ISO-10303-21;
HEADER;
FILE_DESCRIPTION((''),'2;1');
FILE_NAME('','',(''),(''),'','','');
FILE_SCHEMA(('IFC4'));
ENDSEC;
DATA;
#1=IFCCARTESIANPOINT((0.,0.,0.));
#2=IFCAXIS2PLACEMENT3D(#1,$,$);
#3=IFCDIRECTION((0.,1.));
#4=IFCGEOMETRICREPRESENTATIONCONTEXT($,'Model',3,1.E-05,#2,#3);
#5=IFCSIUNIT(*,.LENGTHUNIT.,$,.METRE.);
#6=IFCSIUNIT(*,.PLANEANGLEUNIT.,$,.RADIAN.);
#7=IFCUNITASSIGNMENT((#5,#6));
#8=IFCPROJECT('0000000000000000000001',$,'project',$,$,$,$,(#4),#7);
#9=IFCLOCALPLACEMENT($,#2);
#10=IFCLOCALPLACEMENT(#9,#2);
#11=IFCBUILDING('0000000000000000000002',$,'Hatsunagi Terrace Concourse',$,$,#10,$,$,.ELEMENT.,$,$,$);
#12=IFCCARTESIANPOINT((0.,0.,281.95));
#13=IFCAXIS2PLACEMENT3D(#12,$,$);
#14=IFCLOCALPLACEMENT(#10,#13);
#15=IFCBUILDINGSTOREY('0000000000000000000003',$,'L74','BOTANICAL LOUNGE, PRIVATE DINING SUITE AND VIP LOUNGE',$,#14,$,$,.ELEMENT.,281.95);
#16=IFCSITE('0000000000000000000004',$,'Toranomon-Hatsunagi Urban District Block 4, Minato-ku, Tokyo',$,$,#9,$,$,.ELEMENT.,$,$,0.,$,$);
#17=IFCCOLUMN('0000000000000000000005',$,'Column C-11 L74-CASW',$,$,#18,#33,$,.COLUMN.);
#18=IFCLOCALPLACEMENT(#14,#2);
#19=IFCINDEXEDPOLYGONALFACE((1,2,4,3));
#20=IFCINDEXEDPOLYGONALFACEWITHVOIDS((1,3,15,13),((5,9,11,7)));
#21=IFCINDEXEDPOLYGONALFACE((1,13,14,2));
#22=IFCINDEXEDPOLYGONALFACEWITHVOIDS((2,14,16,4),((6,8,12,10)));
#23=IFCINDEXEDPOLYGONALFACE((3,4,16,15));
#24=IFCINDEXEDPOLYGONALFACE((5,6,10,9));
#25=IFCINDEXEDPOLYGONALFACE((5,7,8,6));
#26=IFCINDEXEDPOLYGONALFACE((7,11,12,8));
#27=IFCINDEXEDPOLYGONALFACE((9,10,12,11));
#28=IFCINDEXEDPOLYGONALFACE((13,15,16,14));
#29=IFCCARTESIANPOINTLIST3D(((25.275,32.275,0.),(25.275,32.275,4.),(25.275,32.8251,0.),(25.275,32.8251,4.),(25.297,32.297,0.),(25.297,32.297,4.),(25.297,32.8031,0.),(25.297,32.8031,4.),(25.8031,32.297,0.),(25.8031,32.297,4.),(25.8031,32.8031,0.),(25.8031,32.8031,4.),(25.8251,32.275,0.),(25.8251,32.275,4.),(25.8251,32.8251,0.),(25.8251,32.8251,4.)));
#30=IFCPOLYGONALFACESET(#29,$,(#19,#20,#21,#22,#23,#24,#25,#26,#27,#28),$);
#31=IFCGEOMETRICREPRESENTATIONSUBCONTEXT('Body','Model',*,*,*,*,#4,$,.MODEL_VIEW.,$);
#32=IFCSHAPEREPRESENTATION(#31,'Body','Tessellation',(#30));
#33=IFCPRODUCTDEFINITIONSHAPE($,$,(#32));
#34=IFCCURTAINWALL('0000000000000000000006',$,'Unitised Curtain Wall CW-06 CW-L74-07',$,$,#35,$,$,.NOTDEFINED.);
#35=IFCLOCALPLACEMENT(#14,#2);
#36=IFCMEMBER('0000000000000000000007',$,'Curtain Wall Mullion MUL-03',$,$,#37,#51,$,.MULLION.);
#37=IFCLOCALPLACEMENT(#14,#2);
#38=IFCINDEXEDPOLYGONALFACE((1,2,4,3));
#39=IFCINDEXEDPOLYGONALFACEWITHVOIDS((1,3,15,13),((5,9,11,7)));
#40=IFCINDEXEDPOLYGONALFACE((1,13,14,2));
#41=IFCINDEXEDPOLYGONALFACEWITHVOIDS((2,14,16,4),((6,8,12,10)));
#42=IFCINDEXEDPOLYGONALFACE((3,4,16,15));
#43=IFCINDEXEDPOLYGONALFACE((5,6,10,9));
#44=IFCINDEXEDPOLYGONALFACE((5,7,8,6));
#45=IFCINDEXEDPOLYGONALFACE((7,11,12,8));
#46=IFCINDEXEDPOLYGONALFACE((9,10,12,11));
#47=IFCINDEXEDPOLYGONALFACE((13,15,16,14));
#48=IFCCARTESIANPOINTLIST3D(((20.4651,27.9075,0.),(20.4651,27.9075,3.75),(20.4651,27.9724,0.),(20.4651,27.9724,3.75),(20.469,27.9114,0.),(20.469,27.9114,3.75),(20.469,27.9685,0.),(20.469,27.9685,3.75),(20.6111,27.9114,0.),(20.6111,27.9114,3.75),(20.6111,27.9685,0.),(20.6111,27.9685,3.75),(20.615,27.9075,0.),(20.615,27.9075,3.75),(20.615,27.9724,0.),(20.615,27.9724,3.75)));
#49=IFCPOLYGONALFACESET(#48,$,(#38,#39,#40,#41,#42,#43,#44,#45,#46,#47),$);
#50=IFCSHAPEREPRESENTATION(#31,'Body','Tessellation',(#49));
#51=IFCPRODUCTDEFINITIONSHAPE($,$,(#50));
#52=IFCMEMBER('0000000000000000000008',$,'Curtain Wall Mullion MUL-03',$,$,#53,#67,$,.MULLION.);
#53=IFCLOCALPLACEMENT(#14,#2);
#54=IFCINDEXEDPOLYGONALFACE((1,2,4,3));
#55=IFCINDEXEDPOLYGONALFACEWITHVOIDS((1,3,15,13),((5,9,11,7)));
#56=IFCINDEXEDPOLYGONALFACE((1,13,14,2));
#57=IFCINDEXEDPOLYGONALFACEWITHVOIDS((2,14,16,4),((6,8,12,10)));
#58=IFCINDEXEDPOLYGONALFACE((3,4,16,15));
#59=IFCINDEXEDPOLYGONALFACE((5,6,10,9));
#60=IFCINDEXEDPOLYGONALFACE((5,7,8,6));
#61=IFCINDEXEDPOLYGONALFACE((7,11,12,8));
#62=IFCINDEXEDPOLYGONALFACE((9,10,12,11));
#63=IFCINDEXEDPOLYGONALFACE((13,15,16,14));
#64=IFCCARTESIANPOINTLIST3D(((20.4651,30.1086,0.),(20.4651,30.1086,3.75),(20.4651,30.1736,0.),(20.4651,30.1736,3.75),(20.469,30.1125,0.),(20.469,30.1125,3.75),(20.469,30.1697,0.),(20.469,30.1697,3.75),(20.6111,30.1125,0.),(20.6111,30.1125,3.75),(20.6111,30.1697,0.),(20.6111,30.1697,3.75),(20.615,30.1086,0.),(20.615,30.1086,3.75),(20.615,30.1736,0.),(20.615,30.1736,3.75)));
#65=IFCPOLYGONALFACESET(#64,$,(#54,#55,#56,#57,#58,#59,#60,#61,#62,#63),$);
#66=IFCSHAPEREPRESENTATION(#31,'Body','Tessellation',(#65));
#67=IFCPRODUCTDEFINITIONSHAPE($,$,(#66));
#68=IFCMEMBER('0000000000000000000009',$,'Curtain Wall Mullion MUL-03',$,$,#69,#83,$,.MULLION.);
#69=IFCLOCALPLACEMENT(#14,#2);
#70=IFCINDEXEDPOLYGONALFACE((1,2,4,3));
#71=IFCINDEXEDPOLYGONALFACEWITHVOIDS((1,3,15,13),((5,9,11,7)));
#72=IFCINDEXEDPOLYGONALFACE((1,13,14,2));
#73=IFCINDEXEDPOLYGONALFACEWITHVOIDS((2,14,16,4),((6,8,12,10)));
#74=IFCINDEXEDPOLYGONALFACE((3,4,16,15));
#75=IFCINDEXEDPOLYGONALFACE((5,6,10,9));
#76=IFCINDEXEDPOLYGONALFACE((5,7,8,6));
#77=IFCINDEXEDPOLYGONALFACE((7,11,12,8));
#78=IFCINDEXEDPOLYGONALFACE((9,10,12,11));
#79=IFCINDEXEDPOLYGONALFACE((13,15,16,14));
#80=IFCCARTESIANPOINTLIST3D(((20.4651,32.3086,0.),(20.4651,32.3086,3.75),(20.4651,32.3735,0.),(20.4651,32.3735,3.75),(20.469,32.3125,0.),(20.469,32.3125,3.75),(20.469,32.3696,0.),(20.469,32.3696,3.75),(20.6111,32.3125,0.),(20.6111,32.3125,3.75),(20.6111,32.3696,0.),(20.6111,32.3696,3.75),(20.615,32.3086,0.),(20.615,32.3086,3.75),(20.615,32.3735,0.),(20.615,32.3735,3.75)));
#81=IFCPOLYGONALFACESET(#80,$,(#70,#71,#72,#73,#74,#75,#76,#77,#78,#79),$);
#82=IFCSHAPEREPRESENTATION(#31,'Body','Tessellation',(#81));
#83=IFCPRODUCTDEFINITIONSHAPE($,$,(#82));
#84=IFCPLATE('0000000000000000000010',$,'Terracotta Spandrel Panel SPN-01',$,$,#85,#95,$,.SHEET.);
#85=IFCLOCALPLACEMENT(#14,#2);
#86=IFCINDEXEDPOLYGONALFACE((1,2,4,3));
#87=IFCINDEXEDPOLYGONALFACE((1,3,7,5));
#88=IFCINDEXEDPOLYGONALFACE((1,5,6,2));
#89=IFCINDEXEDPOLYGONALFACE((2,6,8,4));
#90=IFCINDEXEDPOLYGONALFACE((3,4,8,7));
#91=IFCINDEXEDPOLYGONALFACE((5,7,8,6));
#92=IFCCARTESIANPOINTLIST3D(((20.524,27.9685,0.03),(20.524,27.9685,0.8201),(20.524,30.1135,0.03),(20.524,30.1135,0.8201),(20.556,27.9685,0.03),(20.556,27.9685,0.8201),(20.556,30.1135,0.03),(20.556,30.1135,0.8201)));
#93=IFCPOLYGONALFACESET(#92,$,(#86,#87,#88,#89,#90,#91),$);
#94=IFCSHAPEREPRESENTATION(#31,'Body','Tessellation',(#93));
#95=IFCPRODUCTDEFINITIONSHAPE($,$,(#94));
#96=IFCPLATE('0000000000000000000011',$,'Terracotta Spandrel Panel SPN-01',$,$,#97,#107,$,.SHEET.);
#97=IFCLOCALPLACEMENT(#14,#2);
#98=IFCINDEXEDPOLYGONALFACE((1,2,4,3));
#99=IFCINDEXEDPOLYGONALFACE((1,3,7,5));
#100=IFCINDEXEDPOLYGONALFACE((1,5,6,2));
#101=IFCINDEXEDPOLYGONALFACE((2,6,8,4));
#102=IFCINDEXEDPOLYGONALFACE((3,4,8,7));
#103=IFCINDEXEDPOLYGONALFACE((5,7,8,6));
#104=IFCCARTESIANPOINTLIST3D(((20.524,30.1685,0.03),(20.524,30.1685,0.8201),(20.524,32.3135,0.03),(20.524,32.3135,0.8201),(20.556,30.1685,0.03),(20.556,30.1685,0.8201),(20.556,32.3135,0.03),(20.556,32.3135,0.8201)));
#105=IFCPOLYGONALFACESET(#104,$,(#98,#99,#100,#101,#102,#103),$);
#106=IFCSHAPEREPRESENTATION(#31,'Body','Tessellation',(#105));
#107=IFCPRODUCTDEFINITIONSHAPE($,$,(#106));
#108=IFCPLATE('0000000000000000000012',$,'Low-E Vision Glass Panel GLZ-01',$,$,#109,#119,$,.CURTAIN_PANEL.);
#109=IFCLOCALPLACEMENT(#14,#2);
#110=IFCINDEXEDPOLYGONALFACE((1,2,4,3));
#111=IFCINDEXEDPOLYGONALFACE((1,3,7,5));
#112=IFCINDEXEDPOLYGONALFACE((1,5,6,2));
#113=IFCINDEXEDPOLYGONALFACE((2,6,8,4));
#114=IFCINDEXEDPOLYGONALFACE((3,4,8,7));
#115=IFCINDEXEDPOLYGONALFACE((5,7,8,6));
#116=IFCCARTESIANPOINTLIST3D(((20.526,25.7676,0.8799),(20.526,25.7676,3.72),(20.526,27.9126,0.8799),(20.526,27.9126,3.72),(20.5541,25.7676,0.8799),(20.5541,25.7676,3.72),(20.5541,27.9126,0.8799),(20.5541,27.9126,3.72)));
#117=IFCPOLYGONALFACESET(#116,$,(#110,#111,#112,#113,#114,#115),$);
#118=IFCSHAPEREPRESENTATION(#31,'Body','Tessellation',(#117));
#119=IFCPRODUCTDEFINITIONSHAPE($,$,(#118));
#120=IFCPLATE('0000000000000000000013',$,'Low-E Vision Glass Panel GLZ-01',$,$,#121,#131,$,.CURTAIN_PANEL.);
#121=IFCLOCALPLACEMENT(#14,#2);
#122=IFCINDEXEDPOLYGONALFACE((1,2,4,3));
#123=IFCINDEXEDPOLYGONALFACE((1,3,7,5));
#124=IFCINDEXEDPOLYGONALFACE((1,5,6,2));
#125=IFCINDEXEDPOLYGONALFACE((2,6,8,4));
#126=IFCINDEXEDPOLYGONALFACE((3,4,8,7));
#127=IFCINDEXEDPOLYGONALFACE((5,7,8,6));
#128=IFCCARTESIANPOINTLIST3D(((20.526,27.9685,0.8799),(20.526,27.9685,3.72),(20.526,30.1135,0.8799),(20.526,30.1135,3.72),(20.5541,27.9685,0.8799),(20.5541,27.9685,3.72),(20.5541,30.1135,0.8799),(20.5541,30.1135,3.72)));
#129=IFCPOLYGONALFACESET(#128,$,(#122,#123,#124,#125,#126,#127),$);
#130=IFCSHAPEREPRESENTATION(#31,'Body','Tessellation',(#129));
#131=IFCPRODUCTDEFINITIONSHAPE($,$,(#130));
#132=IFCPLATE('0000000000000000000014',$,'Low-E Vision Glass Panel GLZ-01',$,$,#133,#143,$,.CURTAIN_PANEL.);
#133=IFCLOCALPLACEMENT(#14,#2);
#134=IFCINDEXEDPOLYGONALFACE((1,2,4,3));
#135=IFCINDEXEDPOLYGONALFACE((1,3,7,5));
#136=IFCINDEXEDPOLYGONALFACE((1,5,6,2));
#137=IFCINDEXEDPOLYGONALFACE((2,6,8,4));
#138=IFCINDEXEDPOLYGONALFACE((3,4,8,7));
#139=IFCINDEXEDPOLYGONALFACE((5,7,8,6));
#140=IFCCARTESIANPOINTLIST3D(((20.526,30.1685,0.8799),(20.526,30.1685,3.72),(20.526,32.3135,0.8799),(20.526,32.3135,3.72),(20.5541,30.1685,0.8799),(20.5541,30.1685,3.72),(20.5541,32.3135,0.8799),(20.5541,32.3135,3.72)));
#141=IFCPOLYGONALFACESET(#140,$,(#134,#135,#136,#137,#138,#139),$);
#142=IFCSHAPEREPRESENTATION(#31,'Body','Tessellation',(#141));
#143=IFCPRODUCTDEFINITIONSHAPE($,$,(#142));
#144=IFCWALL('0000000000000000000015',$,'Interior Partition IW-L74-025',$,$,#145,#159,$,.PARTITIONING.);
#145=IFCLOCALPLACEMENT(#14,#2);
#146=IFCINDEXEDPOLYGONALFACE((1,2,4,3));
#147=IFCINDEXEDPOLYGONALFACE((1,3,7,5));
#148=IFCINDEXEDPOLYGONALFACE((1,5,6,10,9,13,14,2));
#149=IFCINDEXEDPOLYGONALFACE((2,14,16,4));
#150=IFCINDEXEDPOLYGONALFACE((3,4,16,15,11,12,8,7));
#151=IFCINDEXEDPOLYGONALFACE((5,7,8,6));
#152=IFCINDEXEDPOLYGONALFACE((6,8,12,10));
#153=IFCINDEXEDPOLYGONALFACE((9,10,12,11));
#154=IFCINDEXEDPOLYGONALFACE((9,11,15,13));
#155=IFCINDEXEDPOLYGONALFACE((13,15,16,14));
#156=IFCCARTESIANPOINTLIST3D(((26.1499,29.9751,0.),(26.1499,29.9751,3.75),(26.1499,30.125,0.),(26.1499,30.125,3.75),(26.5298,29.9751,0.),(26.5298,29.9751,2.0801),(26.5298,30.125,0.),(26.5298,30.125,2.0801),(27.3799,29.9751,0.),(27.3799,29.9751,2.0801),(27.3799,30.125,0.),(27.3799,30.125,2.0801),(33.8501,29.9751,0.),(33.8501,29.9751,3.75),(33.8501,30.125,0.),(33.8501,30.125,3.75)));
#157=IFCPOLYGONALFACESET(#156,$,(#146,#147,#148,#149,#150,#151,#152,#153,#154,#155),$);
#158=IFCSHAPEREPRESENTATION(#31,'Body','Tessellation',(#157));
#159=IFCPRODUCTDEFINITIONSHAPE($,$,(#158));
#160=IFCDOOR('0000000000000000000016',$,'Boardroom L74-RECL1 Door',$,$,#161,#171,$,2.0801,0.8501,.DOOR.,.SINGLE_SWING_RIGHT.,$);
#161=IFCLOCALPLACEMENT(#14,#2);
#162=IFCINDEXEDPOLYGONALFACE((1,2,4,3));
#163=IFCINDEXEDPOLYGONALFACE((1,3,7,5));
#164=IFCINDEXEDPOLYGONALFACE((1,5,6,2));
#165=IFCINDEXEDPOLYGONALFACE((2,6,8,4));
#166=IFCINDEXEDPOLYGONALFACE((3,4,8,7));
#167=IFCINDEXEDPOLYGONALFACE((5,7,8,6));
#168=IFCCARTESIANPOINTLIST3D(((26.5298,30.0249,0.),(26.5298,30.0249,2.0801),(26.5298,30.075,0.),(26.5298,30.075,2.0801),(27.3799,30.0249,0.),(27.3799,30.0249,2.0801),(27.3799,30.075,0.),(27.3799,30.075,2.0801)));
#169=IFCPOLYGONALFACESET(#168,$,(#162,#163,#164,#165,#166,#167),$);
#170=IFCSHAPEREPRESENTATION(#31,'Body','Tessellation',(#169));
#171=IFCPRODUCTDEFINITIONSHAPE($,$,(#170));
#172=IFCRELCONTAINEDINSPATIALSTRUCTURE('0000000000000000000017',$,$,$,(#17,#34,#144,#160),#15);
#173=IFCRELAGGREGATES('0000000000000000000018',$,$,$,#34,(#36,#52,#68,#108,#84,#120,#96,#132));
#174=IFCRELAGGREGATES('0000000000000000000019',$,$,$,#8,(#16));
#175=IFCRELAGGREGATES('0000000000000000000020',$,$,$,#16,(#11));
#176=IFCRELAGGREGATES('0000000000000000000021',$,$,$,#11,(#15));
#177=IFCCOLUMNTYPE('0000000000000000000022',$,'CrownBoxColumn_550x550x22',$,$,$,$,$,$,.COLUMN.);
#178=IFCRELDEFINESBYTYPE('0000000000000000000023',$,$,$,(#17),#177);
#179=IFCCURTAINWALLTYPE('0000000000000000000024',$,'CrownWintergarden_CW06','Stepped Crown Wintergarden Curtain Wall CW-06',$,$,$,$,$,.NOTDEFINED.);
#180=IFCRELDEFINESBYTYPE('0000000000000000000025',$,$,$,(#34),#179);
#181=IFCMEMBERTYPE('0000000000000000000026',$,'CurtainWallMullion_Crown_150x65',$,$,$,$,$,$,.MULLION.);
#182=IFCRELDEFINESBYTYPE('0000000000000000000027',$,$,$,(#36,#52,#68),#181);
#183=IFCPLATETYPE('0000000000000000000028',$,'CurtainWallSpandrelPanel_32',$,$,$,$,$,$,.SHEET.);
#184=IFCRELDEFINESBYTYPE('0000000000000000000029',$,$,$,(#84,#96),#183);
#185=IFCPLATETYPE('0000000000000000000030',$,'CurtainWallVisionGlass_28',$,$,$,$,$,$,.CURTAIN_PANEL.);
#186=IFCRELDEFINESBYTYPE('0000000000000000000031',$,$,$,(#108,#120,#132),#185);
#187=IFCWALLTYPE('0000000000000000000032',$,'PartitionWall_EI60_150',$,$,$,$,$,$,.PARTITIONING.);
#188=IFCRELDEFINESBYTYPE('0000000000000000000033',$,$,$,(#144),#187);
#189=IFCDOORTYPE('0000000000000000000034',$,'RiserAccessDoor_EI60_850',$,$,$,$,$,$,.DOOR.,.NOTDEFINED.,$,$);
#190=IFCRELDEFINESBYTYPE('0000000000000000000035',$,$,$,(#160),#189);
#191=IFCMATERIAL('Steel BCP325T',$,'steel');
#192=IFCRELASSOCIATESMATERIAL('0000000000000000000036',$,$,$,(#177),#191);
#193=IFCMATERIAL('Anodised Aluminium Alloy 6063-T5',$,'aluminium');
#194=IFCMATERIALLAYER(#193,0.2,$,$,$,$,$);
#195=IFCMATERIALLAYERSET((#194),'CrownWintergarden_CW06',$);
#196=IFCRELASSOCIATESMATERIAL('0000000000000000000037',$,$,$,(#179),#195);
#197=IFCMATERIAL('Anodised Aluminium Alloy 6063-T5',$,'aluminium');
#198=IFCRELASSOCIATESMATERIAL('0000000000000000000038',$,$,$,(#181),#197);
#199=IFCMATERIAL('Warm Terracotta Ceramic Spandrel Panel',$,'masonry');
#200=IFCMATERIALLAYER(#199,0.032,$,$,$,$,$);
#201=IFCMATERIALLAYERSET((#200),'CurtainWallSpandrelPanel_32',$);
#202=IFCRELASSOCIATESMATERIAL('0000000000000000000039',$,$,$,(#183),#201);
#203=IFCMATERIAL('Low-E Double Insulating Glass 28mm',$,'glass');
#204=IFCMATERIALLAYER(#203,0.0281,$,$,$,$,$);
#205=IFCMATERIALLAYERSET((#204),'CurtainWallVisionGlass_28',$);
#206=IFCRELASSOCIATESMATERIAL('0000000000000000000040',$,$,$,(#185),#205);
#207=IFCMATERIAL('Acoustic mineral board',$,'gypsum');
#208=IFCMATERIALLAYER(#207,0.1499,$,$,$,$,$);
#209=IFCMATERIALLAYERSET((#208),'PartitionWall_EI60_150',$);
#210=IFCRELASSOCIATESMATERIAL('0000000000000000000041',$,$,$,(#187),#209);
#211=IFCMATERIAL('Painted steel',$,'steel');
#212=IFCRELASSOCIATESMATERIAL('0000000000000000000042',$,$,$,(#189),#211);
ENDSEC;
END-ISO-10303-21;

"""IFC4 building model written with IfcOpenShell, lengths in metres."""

from ifc_helpers import new_model, si_unit, direction, frame, frame_2d, origin, origin_2d, place, context, subcontext, project, spatial, rectangle, hollow_rectangle, extrude, material, layer, layer_set, material_profile, profile_set, type_object, element, fill, aggregate, save


model = new_model("IFC4")

# Units and contexts
model_context = context("Model", 3, precision=1e-05, world=origin(), true_north=direction((0.0, 1.0)))
body_context = subcontext(model_context, "Body", "Model", "MODEL_VIEW")
ifc_project = project(units=[si_unit("LENGTHUNIT", "METRE"), si_unit("PLANEANGLEUNIT", "RADIAN")], contexts=[model_context])

# Site, building, storey
site_placement = place(None, origin())
site = spatial("IfcSite", under=ifc_project, at=site_placement, Name="Toranomon-Hatsunagi Urban District Block 4, Minato-ku, Tokyo", CompositionType="ELEMENT", RefElevation=0.0)
building_placement = place(site_placement, origin())
building = spatial("IfcBuilding", under=site, at=building_placement, Name="Hatsunagi Terrace Concourse", CompositionType="ELEMENT")
storey_placement = place(building_placement, frame((0.0, 0.0, 281.95)))
storey = spatial("IfcBuildingStorey", under=building, at=storey_placement, Name="L74", Description="BOTANICAL LOUNGE, PRIVATE DINING SUITE AND VIP LOUNGE", CompositionType="ELEMENT", Elevation=281.95)

# Column
ifc_material_1 = material(Name="Steel BCP325T", Category="steel")
ifc_material_profile_1 = material_profile(ifc_material_1, hollow_rectangle(XDim=0.55, YDim=0.55, WallThickness=0.022, at=origin_2d()), Name="BCP-550x550x22")
ifc_profile_set_1 = profile_set([ifc_material_profile_1], Name="Steel BCP325T")
column_type = type_object("IfcColumnType", Name="CrownBoxColumn_550x550x22", PredefinedType="COLUMN", material=ifc_profile_set_1)
column_placement = place(storey_placement, frame((25.55, 32.55, 0.0), z_axis=(0.0, 0.0, 1.0), x_axis=(1.0, 0.0, 0.0)))
element("IfcColumn", 1, at=column_placement, inside=storey, type_object=column_type, Name="Column C-11 L74-CASW", PredefinedType="COLUMN", context=body_context, shape_type="SweptSolid", body=[
    extrude(hollow_rectangle(XDim=0.55, YDim=0.55, WallThickness=0.022, at=origin_2d()), origin(), (0.0, 0.0, 1.0), 4.0),
])

# Curtain wall, members, plates
ifc_material_2 = material(Name="Anodised Aluminium Alloy 6063-T5", Category="aluminium")
ifc_layer_1 = layer(ifc_material_2, 0.2)
ifc_layer_set_1 = layer_set([ifc_layer_1], Name="CrownWintergarden_CW06")
curtain_wall_type = type_object("IfcCurtainWallType", Name="CrownWintergarden_CW06", Description="Stepped Crown Wintergarden Curtain Wall CW-06", PredefinedType="NOTDEFINED", material=ifc_layer_set_1)
curtain_wall_placement = place(storey_placement, origin())
curtain_wall = element("IfcCurtainWall", 2, at=curtain_wall_placement, inside=storey, type_object=curtain_wall_type, Name="Unitised Curtain Wall CW-06 CW-L74-07", PredefinedType="NOTDEFINED")
ifc_material_3 = material(Name="Anodised Aluminium Alloy 6063-T5", Category="aluminium")
ifc_material_profile_2 = material_profile(ifc_material_3, hollow_rectangle(XDim=0.0649, YDim=0.1499, WallThickness=0.0039, at=origin_2d()), Name="ALU-MUL-150x65x4")
ifc_profile_set_2 = profile_set([ifc_material_profile_2], Name="Anodised Aluminium Alloy 6063-T5")
member_type = type_object("IfcMemberType", Name="CurtainWallMullion_Crown_150x65", PredefinedType="MULLION", material=ifc_profile_set_2)
member_1_placement = place(storey_placement, frame((20.54, 27.9399, 0.0), z_axis=(0.0, 0.0, 1.0), x_axis=(0.0, 1.0, 0.0)))
member_1 = element("IfcMember", 3, at=member_1_placement, type_object=member_type, Name="Curtain Wall Mullion MUL-03", PredefinedType="MULLION", context=body_context, shape_type="SweptSolid", body=[
    extrude(hollow_rectangle(XDim=0.0649, YDim=0.1499, WallThickness=0.0039, at=origin_2d()), origin(), (0.0, 0.0, 1.0), 3.75),
])
member_2_placement = place(storey_placement, frame((20.54, 30.1411, 0.0), z_axis=(0.0, 0.0, 1.0), x_axis=(0.0, 1.0, 0.0)))
member_2 = element("IfcMember", 4, at=member_2_placement, type_object=member_type, Name="Curtain Wall Mullion MUL-03", PredefinedType="MULLION", context=body_context, shape_type="SweptSolid", body=[
    extrude(hollow_rectangle(XDim=0.0649, YDim=0.1499, WallThickness=0.0039, at=origin_2d()), origin(), (0.0, 0.0, 1.0), 3.75),
])
member_3_placement = place(storey_placement, frame((20.54, 32.3411, 0.0), z_axis=(0.0, 0.0, 1.0), x_axis=(0.0, 1.0, 0.0)))
member_3 = element("IfcMember", 5, at=member_3_placement, type_object=member_type, Name="Curtain Wall Mullion MUL-03", PredefinedType="MULLION", context=body_context, shape_type="SweptSolid", body=[
    extrude(hollow_rectangle(XDim=0.0649, YDim=0.1499, WallThickness=0.0039, at=origin_2d()), origin(), (0.0, 0.0, 1.0), 3.75),
])
ifc_material_4 = material(Name="Warm Terracotta Ceramic Spandrel Panel", Category="masonry")
ifc_layer_2 = layer(ifc_material_4, 0.032)
ifc_layer_set_2 = layer_set([ifc_layer_2], Name="CurtainWallSpandrelPanel_32")
plate_type_1 = type_object("IfcPlateType", Name="CurtainWallSpandrelPanel_32", PredefinedType="SHEET", material=ifc_layer_set_2)
plate_1_placement = place(storey_placement, frame((20.54, 29.041, 0.03), z_axis=(0.0, 0.0, 1.0), x_axis=(0.0, 1.0, 0.0)))
plate_1 = element("IfcPlate", 6, at=plate_1_placement, type_object=plate_type_1, Name="Terracotta Spandrel Panel SPN-01", PredefinedType="SHEET", context=body_context, shape_type="SweptSolid", body=[
    extrude(rectangle(XDim=2.145, YDim=0.032, at=origin_2d()), origin(), (0.0, 0.0, 1.0), 0.79),
])
plate_2_placement = place(storey_placement, frame((20.54, 31.241, 0.03), z_axis=(0.0, 0.0, 1.0), x_axis=(0.0, 1.0, 0.0)))
plate_2 = element("IfcPlate", 7, at=plate_2_placement, type_object=plate_type_1, Name="Terracotta Spandrel Panel SPN-01", PredefinedType="SHEET", context=body_context, shape_type="SweptSolid", body=[
    extrude(rectangle(XDim=2.145, YDim=0.032, at=origin_2d()), origin(), (0.0, 0.0, 1.0), 0.79),
])
ifc_material_5 = material(Name="Low-E Double Insulating Glass 28mm", Category="glass")
ifc_layer_3 = layer(ifc_material_5, 0.0281)
ifc_layer_set_3 = layer_set([ifc_layer_3], Name="CurtainWallVisionGlass_28")
plate_type_2 = type_object("IfcPlateType", Name="CurtainWallVisionGlass_28", PredefinedType="CURTAIN_PANEL", material=ifc_layer_set_3)
plate_3_placement = place(storey_placement, frame((20.54, 26.8401, 0.8799), z_axis=(0.0, 0.0, 1.0), x_axis=(0.0, 1.0, 0.0)))
plate_3 = element("IfcPlate", 8, at=plate_3_placement, type_object=plate_type_2, Name="Low-E Vision Glass Panel GLZ-01", PredefinedType="CURTAIN_PANEL", context=body_context, shape_type="SweptSolid", body=[
    extrude(rectangle(XDim=2.145, YDim=0.0281, at=origin_2d()), origin(), (0.0, 0.0, 1.0), 2.8401),
])
plate_4_placement = place(storey_placement, frame((20.54, 29.041, 0.8799), z_axis=(0.0, 0.0, 1.0), x_axis=(0.0, 1.0, 0.0)))
plate_4 = element("IfcPlate", 9, at=plate_4_placement, type_object=plate_type_2, Name="Low-E Vision Glass Panel GLZ-01", PredefinedType="CURTAIN_PANEL", context=body_context, shape_type="SweptSolid", body=[
    extrude(rectangle(XDim=2.145, YDim=0.0281, at=origin_2d()), origin(), (0.0, 0.0, 1.0), 2.8401),
])
plate_5_placement = place(storey_placement, frame((20.54, 31.241, 0.8799), z_axis=(0.0, 0.0, 1.0), x_axis=(0.0, 1.0, 0.0)))
plate_5 = element("IfcPlate", 10, at=plate_5_placement, type_object=plate_type_2, Name="Low-E Vision Glass Panel GLZ-01", PredefinedType="CURTAIN_PANEL", context=body_context, shape_type="SweptSolid", body=[
    extrude(rectangle(XDim=2.145, YDim=0.0281, at=origin_2d()), origin(), (0.0, 0.0, 1.0), 2.8401),
])
aggregate(curtain_wall, [member_1, member_2, member_3, plate_3, plate_1, plate_4, plate_2, plate_5])

# Wall, opening, door
ifc_material_6 = material(Name="Acoustic mineral board", Category="gypsum")
ifc_layer_4 = layer(ifc_material_6, 0.1499)
ifc_layer_set_4 = layer_set([ifc_layer_4], Name="PartitionWall_EI60_150")
wall_type_1 = type_object("IfcWallType", Name="PartitionWall_EI60_150", PredefinedType="PARTITIONING", material=ifc_layer_set_4)
wall_1_placement = place(storey_placement, frame((26.1499, 30.05, 0.0), z_axis=(0.0, 0.0, 1.0), x_axis=(1.0, 0.0, 0.0)))
wall_1 = element("IfcWall", 11, at=wall_1_placement, inside=storey, type_object=wall_type_1, Name="Interior Partition IW-L74-025", PredefinedType="PARTITIONING", context=body_context, shape_type="SweptSolid", body=[
    extrude(rectangle(XDim=7.7002, YDim=0.1499, at=frame_2d((3.8501, 0.0))), origin(), (0.0, 0.0, 1.0), 3.75),
])
opening_1_placement = place(wall_1_placement, frame((0.3799, 0.0, 0.0)))
opening_1 = element("IfcOpeningElement", 12, at=opening_1_placement, cuts=wall_1, PredefinedType="OPENING", context=body_context, shape_type="SweptSolid", body=[
    extrude(rectangle(XDim=0.8501, YDim=2.0801, at=frame_2d((0.425, 1.04))), frame((0.0, 0.085, 0.0), z_axis=(0.0, -1.0, 0.0), x_axis=(1.0, 0.0, 0.0)), (0.0, 0.0, 1.0), 0.1699),
])
ifc_material_7 = material(Name="Painted steel", Category="steel")
door_type_1 = type_object("IfcDoorType", Name="RiserAccessDoor_EI60_850", OperationType="NOTDEFINED", PredefinedType="DOOR", material=ifc_material_7)
door_1_placement = place(opening_1_placement, origin())
door_1 = element("IfcDoor", 13, at=door_1_placement, inside=storey, type_object=door_type_1, Name="Boardroom L74-RECL1 Door", OperationType="SINGLE_SWING_RIGHT", OverallHeight=2.0801, OverallWidth=0.8501, PredefinedType="DOOR", context=body_context, shape_type="SweptSolid", body=[
    extrude(rectangle(XDim=0.8501, YDim=2.0801, at=frame_2d((0.425, 1.04))), frame((0.0, 0.0249, 0.0), z_axis=(0.0, -1.0, 0.0), x_axis=(1.0, 0.0, 0.0)), (0.0, 0.0, 1.0), 0.05),
])
fill(opening_1, door_1)

save(model, "model.ifc")
